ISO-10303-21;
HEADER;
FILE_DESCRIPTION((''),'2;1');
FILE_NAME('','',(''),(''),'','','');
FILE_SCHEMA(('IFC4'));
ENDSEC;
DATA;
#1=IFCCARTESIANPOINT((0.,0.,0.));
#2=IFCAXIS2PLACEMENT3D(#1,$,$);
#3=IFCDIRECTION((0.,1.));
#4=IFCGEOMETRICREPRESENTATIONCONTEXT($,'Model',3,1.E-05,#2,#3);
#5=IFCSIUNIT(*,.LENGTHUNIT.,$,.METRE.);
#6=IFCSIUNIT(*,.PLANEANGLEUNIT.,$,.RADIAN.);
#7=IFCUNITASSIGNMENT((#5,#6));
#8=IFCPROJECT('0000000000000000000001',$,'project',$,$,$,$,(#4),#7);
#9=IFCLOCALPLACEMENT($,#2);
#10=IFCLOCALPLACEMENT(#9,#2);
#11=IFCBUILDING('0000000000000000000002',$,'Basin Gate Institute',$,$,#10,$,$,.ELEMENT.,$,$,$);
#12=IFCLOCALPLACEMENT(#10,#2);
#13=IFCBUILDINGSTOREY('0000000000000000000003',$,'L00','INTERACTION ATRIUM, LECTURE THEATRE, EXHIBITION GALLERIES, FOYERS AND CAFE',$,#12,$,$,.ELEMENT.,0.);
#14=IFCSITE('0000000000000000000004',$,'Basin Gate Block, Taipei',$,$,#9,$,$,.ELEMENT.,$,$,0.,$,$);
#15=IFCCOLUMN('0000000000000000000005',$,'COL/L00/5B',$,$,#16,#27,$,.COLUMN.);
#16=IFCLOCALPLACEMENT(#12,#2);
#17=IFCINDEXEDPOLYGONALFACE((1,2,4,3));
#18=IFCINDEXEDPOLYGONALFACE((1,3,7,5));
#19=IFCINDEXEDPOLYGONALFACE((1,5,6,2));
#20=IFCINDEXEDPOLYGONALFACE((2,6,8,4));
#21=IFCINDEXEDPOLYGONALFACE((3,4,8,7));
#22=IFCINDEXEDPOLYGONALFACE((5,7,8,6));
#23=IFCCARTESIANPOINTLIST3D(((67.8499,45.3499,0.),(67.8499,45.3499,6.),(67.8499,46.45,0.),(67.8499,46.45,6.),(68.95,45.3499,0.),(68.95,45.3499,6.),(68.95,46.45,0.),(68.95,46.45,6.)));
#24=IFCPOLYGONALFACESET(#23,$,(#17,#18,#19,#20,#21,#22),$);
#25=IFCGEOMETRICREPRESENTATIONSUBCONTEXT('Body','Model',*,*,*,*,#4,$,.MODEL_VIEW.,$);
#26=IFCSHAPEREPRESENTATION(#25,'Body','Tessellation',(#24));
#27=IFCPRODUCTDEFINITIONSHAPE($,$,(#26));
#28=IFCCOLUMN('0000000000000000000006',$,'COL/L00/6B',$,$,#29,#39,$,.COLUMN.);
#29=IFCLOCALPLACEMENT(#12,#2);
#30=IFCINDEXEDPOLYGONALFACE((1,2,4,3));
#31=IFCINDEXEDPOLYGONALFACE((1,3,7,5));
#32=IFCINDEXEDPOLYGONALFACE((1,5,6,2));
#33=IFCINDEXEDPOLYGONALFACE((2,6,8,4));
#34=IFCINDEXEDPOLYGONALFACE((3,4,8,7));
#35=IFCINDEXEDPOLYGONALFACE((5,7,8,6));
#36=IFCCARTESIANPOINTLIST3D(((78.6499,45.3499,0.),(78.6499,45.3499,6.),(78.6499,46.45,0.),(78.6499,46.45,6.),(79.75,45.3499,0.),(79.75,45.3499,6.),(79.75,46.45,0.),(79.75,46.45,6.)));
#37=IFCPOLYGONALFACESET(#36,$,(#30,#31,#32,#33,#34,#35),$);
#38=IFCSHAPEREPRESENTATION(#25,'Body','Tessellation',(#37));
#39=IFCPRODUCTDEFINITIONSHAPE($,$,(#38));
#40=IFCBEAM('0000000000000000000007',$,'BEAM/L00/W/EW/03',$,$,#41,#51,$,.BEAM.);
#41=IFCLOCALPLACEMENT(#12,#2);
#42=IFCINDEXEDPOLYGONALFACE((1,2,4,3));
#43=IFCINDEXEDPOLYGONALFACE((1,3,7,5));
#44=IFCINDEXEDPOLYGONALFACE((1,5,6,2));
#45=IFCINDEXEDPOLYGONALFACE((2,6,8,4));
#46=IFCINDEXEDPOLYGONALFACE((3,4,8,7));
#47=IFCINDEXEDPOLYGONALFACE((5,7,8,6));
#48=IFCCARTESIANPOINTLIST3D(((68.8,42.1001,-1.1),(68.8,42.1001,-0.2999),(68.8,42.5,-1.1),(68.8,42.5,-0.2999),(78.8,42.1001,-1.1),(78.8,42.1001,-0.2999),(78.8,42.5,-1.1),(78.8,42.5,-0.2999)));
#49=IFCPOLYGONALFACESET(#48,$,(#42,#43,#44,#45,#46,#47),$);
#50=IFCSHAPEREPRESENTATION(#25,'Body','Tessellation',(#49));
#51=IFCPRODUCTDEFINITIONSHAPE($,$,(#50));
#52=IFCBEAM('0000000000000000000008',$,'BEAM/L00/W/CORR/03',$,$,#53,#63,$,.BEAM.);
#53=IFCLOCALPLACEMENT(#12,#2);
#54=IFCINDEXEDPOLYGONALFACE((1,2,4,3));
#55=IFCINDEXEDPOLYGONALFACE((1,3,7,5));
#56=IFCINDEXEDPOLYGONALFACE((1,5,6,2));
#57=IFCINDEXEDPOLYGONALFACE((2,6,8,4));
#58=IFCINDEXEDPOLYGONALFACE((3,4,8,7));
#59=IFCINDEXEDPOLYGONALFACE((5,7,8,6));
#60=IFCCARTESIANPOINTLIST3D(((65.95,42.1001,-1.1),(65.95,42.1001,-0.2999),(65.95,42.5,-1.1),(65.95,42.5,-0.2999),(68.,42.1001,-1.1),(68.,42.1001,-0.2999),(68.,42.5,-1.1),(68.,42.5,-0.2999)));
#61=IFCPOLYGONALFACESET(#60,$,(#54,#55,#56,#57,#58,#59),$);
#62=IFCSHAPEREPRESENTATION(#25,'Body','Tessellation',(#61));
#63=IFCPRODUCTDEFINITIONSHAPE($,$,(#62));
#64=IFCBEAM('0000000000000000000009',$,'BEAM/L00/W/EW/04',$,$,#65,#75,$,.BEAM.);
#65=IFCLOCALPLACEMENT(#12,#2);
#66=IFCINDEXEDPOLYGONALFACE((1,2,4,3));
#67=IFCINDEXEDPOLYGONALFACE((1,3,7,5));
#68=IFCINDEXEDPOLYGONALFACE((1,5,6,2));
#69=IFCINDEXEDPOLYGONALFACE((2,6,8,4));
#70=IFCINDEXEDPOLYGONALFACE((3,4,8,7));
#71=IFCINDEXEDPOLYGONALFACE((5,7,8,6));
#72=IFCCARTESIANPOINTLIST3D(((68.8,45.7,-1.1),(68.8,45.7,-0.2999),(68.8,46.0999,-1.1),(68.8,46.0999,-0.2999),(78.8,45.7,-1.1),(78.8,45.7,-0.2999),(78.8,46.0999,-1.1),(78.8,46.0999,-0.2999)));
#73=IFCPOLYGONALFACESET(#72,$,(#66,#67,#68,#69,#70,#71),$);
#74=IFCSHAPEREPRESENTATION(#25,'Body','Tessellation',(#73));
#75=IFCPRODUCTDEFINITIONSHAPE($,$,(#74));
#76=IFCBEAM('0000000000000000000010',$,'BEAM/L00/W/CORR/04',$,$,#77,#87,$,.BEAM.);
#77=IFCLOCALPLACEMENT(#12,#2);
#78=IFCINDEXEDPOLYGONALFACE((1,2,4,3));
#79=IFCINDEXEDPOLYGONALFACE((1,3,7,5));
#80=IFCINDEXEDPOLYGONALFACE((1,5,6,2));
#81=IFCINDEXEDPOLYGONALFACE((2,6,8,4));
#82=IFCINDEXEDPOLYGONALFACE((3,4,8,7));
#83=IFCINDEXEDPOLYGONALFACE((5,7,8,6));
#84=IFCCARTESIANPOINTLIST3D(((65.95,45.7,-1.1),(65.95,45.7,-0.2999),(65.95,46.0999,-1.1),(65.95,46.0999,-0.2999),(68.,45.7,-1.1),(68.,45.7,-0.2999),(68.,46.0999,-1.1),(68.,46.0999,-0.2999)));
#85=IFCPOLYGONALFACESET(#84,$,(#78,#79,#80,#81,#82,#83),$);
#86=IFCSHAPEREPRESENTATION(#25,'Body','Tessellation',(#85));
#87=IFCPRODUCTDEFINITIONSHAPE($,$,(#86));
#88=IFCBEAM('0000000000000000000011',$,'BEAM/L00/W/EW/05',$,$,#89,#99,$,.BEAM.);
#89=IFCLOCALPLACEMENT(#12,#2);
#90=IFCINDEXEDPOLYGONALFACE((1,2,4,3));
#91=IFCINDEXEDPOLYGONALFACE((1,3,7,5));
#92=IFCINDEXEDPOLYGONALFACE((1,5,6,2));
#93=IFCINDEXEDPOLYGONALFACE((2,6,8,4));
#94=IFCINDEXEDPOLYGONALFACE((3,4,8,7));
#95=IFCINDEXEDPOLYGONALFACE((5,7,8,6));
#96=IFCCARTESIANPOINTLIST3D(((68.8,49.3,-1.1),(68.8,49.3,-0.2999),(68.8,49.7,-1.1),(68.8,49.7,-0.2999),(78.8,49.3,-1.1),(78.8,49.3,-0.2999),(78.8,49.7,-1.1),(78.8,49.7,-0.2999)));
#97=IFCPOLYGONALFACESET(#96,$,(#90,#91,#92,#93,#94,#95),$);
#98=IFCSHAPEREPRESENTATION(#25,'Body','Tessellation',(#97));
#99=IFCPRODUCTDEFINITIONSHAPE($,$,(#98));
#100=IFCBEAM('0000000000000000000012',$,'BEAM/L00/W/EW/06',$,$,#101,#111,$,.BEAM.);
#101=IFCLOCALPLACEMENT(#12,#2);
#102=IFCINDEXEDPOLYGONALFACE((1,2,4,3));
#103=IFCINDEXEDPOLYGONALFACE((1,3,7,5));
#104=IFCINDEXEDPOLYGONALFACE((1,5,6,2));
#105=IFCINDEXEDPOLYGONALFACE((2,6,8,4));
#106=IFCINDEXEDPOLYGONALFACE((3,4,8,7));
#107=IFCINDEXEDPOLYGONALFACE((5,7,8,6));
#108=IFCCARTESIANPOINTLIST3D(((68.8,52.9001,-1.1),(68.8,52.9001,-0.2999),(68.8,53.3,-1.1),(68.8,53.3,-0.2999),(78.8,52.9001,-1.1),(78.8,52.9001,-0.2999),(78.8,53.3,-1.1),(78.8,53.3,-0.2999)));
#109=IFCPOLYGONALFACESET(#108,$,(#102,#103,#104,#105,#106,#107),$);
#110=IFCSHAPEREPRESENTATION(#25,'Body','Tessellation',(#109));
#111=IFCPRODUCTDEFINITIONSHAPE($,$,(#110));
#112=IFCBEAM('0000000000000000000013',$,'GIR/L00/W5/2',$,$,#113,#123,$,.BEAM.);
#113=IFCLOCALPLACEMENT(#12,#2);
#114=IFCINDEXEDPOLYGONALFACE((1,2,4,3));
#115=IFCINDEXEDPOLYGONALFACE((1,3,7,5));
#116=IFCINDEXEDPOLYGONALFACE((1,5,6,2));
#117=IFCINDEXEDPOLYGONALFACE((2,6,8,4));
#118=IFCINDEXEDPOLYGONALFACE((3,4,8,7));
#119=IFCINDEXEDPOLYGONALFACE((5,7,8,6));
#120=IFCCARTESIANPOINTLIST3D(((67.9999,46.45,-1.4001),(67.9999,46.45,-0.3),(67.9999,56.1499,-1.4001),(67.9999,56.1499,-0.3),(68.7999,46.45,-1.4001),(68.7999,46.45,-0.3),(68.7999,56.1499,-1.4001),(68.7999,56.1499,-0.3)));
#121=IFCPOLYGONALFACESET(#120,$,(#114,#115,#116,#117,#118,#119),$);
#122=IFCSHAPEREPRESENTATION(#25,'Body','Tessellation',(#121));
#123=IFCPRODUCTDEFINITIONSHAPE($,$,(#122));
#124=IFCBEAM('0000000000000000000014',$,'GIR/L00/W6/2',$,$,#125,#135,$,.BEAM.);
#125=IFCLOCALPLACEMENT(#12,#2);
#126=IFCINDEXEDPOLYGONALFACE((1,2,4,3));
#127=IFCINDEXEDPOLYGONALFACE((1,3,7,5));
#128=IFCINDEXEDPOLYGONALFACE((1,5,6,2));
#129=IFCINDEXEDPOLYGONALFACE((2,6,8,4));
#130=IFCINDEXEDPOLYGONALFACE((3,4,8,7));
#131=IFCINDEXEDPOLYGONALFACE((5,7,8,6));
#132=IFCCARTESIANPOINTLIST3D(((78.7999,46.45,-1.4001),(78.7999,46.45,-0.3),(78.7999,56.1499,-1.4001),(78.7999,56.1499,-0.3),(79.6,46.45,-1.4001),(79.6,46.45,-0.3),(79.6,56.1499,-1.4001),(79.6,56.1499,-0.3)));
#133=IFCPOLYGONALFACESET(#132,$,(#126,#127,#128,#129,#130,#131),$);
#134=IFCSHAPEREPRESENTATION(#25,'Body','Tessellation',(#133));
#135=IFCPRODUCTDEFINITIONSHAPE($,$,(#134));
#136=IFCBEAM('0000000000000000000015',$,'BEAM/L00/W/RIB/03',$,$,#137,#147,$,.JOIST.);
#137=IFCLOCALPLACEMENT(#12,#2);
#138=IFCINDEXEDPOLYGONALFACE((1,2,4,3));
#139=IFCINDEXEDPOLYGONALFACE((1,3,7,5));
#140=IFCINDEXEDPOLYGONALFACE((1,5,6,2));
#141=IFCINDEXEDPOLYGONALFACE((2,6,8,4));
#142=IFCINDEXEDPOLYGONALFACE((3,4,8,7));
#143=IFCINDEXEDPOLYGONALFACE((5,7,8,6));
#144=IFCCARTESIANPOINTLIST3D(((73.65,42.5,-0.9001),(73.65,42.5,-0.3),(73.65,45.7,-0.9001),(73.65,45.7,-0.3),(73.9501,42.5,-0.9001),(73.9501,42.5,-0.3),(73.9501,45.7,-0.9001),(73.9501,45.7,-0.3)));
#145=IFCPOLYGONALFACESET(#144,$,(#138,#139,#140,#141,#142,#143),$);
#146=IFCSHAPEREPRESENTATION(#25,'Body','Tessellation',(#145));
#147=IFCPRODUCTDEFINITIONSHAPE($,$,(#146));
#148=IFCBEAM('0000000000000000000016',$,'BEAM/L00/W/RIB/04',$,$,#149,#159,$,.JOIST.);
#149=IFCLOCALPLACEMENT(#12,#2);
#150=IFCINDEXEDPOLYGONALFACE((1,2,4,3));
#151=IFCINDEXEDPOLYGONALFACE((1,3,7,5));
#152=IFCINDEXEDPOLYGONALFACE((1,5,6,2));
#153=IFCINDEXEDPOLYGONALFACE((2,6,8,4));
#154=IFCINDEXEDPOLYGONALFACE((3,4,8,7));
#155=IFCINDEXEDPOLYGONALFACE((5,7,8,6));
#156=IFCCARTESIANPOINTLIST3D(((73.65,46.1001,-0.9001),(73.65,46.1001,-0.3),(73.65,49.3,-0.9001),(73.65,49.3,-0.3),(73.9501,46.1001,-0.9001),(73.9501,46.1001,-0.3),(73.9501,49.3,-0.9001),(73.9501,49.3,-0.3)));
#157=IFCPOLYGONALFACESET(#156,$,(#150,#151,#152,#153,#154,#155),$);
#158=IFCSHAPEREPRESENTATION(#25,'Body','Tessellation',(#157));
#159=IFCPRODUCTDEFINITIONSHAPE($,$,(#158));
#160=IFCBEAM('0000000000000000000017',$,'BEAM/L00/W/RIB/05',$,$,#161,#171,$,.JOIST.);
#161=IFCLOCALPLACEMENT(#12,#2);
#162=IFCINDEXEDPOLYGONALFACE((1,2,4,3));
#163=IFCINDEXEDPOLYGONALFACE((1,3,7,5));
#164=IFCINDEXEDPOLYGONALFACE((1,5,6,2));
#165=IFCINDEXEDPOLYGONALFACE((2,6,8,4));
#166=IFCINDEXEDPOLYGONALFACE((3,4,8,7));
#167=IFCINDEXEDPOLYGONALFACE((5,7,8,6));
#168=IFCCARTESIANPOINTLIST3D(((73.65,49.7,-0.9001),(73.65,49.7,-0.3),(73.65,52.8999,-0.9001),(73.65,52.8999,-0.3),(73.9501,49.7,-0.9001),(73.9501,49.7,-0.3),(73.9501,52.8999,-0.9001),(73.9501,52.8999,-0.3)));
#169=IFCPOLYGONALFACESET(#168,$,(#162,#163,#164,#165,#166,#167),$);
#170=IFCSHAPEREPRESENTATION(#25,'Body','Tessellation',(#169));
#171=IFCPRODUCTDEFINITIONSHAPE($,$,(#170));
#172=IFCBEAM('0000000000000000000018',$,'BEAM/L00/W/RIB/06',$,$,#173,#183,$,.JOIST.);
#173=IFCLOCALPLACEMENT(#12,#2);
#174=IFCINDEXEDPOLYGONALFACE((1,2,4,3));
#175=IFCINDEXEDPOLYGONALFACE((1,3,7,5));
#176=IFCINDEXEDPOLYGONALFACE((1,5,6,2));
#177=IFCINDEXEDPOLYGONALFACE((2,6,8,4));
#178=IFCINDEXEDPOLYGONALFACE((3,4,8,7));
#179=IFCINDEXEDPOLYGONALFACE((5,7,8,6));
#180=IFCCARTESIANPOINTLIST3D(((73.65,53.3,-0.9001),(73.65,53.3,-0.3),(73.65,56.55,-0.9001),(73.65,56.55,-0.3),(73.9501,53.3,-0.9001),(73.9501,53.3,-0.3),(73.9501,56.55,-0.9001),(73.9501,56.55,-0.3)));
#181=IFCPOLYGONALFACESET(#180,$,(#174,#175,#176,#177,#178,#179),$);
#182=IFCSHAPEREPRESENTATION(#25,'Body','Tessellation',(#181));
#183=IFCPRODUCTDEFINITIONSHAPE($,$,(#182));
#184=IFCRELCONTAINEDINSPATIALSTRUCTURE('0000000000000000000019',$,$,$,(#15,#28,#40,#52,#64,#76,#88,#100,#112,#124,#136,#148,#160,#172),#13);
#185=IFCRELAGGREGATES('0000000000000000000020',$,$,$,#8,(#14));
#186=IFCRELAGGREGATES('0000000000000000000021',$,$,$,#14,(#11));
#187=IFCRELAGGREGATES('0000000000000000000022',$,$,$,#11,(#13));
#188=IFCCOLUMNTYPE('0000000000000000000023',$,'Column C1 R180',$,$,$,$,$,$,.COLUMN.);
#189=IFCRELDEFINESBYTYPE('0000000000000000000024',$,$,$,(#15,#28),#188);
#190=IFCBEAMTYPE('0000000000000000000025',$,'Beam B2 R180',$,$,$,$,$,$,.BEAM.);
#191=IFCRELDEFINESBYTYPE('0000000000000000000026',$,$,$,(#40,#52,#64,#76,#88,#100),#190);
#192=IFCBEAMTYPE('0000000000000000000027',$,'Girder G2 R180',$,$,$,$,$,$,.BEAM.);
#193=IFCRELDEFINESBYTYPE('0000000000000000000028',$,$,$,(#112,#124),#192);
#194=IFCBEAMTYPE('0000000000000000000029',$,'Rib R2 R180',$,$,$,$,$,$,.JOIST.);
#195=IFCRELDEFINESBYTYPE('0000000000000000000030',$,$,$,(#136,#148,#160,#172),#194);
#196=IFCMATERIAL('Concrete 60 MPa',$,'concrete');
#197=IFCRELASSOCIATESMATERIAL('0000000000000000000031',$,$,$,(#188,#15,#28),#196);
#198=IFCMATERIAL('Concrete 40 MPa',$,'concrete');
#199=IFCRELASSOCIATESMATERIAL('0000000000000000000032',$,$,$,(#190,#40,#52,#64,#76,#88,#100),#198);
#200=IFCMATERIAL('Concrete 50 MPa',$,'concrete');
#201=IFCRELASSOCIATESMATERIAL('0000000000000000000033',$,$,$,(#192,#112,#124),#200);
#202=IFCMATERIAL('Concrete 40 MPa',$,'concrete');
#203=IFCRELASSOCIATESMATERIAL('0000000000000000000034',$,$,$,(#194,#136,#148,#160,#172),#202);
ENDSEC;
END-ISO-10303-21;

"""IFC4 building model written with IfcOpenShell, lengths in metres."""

from ifc_helpers import new_model, si_unit, direction, frame, origin, origin_2d, place, context, subcontext, project, spatial, rectangle, extrude, material, material_profile, profile_set, type_object, element, save


model = new_model("IFC4")

# Units and contexts
model_context = context("Model", 3, precision=1e-05, world=origin(), true_north=direction((0.0, 1.0)))
body_context = subcontext(model_context, "Body", "Model", "MODEL_VIEW")
ifc_project = project(units=[si_unit("LENGTHUNIT", "METRE"), si_unit("PLANEANGLEUNIT", "RADIAN")], contexts=[model_context])

# Site, building, storey
site_placement = place(None, origin())
site = spatial("IfcSite", under=ifc_project, at=site_placement, Name="Basin Gate Block, Taipei", CompositionType="ELEMENT", RefElevation=0.0)
building_placement = place(site_placement, origin())
building = spatial("IfcBuilding", under=site, at=building_placement, Name="Basin Gate Institute", CompositionType="ELEMENT")
storey_placement = place(building_placement, origin())
storey = spatial("IfcBuildingStorey", under=building, at=storey_placement, Name="L00", Description="INTERACTION ATRIUM, LECTURE THEATRE, EXHIBITION GALLERIES, FOYERS AND CAFE", CompositionType="ELEMENT", Elevation=0.0)

# Columns
ifc_material_1 = material(Name="Concrete 60 MPa", Category="concrete")
ifc_material_profile_1 = material_profile(ifc_material_1, rectangle(XDim=1.1001, YDim=1.1001, at=origin_2d()), Name="Column C1 1100 x 1100")
ifc_profile_set_1 = profile_set([ifc_material_profile_1], Name="Concrete 60 MPa")
column_type = type_object("IfcColumnType", Name="Column C1 R180", PredefinedType="COLUMN", material=ifc_profile_set_1)
for number, where, z_axis, x_axis, name in (
    (1, (68.3999, 45.8999, 0.0), (0.0, 0.0, 1.0), (1.0, 0.0, 0.0), "COL/L00/5B"),
    (2, (79.2, 45.8999, 0.0), (0.0, 0.0, 1.0), (1.0, 0.0, 0.0), "COL/L00/6B"),
):
    element("IfcColumn", number, at=place(storey_placement, frame(where, z_axis=z_axis, x_axis=x_axis)), inside=storey, type_object=column_type, material=ifc_profile_set_1, Name=name, PredefinedType="COLUMN", context=body_context, shape_type="SweptSolid", body=[
        extrude(rectangle(XDim=1.1001, YDim=1.1001, at=origin_2d()), origin(), (0.0, 0.0, 1.0), 6.0),
    ])

# Beams
ifc_material_2 = material(Name="Concrete 40 MPa", Category="concrete")
ifc_material_profile_2 = material_profile(ifc_material_2, rectangle(XDim=0.3999, YDim=0.8, at=origin_2d()), Name="Beam B2 400 x 800")
ifc_profile_set_2 = profile_set([ifc_material_profile_2], Name="Concrete 40 MPa")
beam_type_1 = type_object("IfcBeamType", Name="Beam B2 R180", PredefinedType="BEAM", material=ifc_profile_set_2)
beam_1_placement = place(storey_placement, frame((68.8, 42.3, -0.7), z_axis=(1.0, 0.0, 0.0), x_axis=(0.0, 1.0, 0.0)))
element("IfcBeam", 3, at=beam_1_placement, inside=storey, type_object=beam_type_1, material=ifc_profile_set_2, Name="BEAM/L00/W/EW/03", PredefinedType="BEAM", context=body_context, shape_type="SweptSolid", body=[
    extrude(rectangle(XDim=0.3999, YDim=0.8, at=origin_2d()), origin(), (0.0, 0.0, 1.0), 10.0),
])
beam_2_placement = place(storey_placement, frame((65.95, 42.3, -0.7), z_axis=(1.0, 0.0, 0.0), x_axis=(0.0, 1.0, 0.0)))
element("IfcBeam", 4, at=beam_2_placement, inside=storey, type_object=beam_type_1, material=ifc_profile_set_2, Name="BEAM/L00/W/CORR/03", PredefinedType="BEAM", context=body_context, shape_type="SweptSolid", body=[
    extrude(rectangle(XDim=0.3999, YDim=0.8, at=origin_2d()), origin(), (0.0, 0.0, 1.0), 2.05),
])
beam_3_placement = place(storey_placement, frame((68.8, 45.8999, -0.7), z_axis=(1.0, 0.0, 0.0), x_axis=(0.0, 1.0, 0.0)))
element("IfcBeam", 5, at=beam_3_placement, inside=storey, type_object=beam_type_1, material=ifc_profile_set_2, Name="BEAM/L00/W/EW/04", PredefinedType="BEAM", context=body_context, shape_type="SweptSolid", body=[
    extrude(rectangle(XDim=0.3999, YDim=0.8, at=origin_2d()), origin(), (0.0, 0.0, 1.0), 10.0),
])
beam_4_placement = place(storey_placement, frame((65.95, 45.8999, -0.7), z_axis=(1.0, 0.0, 0.0), x_axis=(0.0, 1.0, 0.0)))
element("IfcBeam", 6, at=beam_4_placement, inside=storey, type_object=beam_type_1, material=ifc_profile_set_2, Name="BEAM/L00/W/CORR/04", PredefinedType="BEAM", context=body_context, shape_type="SweptSolid", body=[
    extrude(rectangle(XDim=0.3999, YDim=0.8, at=origin_2d()), origin(), (0.0, 0.0, 1.0), 2.05),
])
for number, where, z_axis, x_axis, name in (
    (7, (68.8, 49.5, -0.7), (1.0, 0.0, 0.0), (0.0, 1.0, 0.0), "BEAM/L00/W/EW/05"),
    (8, (68.8, 53.1001, -0.7), (1.0, 0.0, 0.0), (0.0, 1.0, 0.0), "BEAM/L00/W/EW/06"),
):
    element("IfcBeam", number, at=place(storey_placement, frame(where, z_axis=z_axis, x_axis=x_axis)), inside=storey, type_object=beam_type_1, material=ifc_profile_set_2, Name=name, PredefinedType="BEAM", context=body_context, shape_type="SweptSolid", body=[
        extrude(rectangle(XDim=0.3999, YDim=0.8, at=origin_2d()), origin(), (0.0, 0.0, 1.0), 10.0),
    ])
ifc_material_3 = material(Name="Concrete 50 MPa", Category="concrete")
ifc_material_profile_3 = material_profile(ifc_material_3, rectangle(XDim=0.8, YDim=1.1001, at=origin_2d()), Name="Girder G2 800 x 1100")
ifc_profile_set_3 = profile_set([ifc_material_profile_3], Name="Concrete 50 MPa")
beam_type_2 = type_object("IfcBeamType", Name="Girder G2 R180", PredefinedType="BEAM", material=ifc_profile_set_3)
for number, where, z_axis, x_axis, name in (
    (9, (68.3999, 46.45, -0.8501), (0.0, 1.0, 0.0), (-1.0, 0.0, 0.0), "GIR/L00/W5/2"),
    (10, (79.2, 46.45, -0.8501), (0.0, 1.0, 0.0), (-1.0, 0.0, 0.0), "GIR/L00/W6/2"),
):
    element("IfcBeam", number, at=place(storey_placement, frame(where, z_axis=z_axis, x_axis=x_axis)), inside=storey, type_object=beam_type_2, material=ifc_profile_set_3, Name=name, PredefinedType="BEAM", context=body_context, shape_type="SweptSolid", body=[
        extrude(rectangle(XDim=0.8, YDim=1.1001, at=origin_2d()), origin(), (0.0, 0.0, 1.0), 9.7),
    ])
ifc_material_4 = material(Name="Concrete 40 MPa", Category="concrete")
ifc_material_profile_4 = material_profile(ifc_material_4, rectangle(XDim=0.3, YDim=0.6001, at=origin_2d()), Name="Rib R2 300 x 600")
ifc_profile_set_4 = profile_set([ifc_material_profile_4], Name="Concrete 40 MPa")
beam_type_3 = type_object("IfcBeamType", Name="Rib R2 R180", PredefinedType="JOIST", material=ifc_profile_set_4)
for number, where, z_axis, x_axis, name in (
    (11, (73.8, 42.5, -0.6001), (0.0, 1.0, 0.0), (-1.0, 0.0, 0.0), "BEAM/L00/W/RIB/03"),
    (12, (73.8, 46.1001, -0.6001), (0.0, 1.0, 0.0), (-1.0, 0.0, 0.0), "BEAM/L00/W/RIB/04"),
    (13, (73.8, 49.7, -0.6001), (0.0, 1.0, 0.0), (-1.0, 0.0, 0.0), "BEAM/L00/W/RIB/05"),
):
    element("IfcBeam", number, at=place(storey_placement, frame(where, z_axis=z_axis, x_axis=x_axis)), inside=storey, type_object=beam_type_3, material=ifc_profile_set_4, Name=name, PredefinedType="JOIST", context=body_context, shape_type="SweptSolid", body=[
        extrude(rectangle(XDim=0.3, YDim=0.6001, at=origin_2d()), origin(), (0.0, 0.0, 1.0), 3.2),
    ])
beam_5_placement = place(storey_placement, frame((73.8, 53.3, -0.6001), z_axis=(0.0, 1.0, 0.0), x_axis=(-1.0, 0.0, 0.0)))
element("IfcBeam", 14, at=beam_5_placement, inside=storey, type_object=beam_type_3, material=ifc_profile_set_4, Name="BEAM/L00/W/RIB/06", PredefinedType="JOIST", context=body_context, shape_type="SweptSolid", body=[
    extrude(rectangle(XDim=0.3, YDim=0.6001, at=origin_2d()), origin(), (0.0, 0.0, 1.0), 3.25),
])

save(model, "model.ifc")
